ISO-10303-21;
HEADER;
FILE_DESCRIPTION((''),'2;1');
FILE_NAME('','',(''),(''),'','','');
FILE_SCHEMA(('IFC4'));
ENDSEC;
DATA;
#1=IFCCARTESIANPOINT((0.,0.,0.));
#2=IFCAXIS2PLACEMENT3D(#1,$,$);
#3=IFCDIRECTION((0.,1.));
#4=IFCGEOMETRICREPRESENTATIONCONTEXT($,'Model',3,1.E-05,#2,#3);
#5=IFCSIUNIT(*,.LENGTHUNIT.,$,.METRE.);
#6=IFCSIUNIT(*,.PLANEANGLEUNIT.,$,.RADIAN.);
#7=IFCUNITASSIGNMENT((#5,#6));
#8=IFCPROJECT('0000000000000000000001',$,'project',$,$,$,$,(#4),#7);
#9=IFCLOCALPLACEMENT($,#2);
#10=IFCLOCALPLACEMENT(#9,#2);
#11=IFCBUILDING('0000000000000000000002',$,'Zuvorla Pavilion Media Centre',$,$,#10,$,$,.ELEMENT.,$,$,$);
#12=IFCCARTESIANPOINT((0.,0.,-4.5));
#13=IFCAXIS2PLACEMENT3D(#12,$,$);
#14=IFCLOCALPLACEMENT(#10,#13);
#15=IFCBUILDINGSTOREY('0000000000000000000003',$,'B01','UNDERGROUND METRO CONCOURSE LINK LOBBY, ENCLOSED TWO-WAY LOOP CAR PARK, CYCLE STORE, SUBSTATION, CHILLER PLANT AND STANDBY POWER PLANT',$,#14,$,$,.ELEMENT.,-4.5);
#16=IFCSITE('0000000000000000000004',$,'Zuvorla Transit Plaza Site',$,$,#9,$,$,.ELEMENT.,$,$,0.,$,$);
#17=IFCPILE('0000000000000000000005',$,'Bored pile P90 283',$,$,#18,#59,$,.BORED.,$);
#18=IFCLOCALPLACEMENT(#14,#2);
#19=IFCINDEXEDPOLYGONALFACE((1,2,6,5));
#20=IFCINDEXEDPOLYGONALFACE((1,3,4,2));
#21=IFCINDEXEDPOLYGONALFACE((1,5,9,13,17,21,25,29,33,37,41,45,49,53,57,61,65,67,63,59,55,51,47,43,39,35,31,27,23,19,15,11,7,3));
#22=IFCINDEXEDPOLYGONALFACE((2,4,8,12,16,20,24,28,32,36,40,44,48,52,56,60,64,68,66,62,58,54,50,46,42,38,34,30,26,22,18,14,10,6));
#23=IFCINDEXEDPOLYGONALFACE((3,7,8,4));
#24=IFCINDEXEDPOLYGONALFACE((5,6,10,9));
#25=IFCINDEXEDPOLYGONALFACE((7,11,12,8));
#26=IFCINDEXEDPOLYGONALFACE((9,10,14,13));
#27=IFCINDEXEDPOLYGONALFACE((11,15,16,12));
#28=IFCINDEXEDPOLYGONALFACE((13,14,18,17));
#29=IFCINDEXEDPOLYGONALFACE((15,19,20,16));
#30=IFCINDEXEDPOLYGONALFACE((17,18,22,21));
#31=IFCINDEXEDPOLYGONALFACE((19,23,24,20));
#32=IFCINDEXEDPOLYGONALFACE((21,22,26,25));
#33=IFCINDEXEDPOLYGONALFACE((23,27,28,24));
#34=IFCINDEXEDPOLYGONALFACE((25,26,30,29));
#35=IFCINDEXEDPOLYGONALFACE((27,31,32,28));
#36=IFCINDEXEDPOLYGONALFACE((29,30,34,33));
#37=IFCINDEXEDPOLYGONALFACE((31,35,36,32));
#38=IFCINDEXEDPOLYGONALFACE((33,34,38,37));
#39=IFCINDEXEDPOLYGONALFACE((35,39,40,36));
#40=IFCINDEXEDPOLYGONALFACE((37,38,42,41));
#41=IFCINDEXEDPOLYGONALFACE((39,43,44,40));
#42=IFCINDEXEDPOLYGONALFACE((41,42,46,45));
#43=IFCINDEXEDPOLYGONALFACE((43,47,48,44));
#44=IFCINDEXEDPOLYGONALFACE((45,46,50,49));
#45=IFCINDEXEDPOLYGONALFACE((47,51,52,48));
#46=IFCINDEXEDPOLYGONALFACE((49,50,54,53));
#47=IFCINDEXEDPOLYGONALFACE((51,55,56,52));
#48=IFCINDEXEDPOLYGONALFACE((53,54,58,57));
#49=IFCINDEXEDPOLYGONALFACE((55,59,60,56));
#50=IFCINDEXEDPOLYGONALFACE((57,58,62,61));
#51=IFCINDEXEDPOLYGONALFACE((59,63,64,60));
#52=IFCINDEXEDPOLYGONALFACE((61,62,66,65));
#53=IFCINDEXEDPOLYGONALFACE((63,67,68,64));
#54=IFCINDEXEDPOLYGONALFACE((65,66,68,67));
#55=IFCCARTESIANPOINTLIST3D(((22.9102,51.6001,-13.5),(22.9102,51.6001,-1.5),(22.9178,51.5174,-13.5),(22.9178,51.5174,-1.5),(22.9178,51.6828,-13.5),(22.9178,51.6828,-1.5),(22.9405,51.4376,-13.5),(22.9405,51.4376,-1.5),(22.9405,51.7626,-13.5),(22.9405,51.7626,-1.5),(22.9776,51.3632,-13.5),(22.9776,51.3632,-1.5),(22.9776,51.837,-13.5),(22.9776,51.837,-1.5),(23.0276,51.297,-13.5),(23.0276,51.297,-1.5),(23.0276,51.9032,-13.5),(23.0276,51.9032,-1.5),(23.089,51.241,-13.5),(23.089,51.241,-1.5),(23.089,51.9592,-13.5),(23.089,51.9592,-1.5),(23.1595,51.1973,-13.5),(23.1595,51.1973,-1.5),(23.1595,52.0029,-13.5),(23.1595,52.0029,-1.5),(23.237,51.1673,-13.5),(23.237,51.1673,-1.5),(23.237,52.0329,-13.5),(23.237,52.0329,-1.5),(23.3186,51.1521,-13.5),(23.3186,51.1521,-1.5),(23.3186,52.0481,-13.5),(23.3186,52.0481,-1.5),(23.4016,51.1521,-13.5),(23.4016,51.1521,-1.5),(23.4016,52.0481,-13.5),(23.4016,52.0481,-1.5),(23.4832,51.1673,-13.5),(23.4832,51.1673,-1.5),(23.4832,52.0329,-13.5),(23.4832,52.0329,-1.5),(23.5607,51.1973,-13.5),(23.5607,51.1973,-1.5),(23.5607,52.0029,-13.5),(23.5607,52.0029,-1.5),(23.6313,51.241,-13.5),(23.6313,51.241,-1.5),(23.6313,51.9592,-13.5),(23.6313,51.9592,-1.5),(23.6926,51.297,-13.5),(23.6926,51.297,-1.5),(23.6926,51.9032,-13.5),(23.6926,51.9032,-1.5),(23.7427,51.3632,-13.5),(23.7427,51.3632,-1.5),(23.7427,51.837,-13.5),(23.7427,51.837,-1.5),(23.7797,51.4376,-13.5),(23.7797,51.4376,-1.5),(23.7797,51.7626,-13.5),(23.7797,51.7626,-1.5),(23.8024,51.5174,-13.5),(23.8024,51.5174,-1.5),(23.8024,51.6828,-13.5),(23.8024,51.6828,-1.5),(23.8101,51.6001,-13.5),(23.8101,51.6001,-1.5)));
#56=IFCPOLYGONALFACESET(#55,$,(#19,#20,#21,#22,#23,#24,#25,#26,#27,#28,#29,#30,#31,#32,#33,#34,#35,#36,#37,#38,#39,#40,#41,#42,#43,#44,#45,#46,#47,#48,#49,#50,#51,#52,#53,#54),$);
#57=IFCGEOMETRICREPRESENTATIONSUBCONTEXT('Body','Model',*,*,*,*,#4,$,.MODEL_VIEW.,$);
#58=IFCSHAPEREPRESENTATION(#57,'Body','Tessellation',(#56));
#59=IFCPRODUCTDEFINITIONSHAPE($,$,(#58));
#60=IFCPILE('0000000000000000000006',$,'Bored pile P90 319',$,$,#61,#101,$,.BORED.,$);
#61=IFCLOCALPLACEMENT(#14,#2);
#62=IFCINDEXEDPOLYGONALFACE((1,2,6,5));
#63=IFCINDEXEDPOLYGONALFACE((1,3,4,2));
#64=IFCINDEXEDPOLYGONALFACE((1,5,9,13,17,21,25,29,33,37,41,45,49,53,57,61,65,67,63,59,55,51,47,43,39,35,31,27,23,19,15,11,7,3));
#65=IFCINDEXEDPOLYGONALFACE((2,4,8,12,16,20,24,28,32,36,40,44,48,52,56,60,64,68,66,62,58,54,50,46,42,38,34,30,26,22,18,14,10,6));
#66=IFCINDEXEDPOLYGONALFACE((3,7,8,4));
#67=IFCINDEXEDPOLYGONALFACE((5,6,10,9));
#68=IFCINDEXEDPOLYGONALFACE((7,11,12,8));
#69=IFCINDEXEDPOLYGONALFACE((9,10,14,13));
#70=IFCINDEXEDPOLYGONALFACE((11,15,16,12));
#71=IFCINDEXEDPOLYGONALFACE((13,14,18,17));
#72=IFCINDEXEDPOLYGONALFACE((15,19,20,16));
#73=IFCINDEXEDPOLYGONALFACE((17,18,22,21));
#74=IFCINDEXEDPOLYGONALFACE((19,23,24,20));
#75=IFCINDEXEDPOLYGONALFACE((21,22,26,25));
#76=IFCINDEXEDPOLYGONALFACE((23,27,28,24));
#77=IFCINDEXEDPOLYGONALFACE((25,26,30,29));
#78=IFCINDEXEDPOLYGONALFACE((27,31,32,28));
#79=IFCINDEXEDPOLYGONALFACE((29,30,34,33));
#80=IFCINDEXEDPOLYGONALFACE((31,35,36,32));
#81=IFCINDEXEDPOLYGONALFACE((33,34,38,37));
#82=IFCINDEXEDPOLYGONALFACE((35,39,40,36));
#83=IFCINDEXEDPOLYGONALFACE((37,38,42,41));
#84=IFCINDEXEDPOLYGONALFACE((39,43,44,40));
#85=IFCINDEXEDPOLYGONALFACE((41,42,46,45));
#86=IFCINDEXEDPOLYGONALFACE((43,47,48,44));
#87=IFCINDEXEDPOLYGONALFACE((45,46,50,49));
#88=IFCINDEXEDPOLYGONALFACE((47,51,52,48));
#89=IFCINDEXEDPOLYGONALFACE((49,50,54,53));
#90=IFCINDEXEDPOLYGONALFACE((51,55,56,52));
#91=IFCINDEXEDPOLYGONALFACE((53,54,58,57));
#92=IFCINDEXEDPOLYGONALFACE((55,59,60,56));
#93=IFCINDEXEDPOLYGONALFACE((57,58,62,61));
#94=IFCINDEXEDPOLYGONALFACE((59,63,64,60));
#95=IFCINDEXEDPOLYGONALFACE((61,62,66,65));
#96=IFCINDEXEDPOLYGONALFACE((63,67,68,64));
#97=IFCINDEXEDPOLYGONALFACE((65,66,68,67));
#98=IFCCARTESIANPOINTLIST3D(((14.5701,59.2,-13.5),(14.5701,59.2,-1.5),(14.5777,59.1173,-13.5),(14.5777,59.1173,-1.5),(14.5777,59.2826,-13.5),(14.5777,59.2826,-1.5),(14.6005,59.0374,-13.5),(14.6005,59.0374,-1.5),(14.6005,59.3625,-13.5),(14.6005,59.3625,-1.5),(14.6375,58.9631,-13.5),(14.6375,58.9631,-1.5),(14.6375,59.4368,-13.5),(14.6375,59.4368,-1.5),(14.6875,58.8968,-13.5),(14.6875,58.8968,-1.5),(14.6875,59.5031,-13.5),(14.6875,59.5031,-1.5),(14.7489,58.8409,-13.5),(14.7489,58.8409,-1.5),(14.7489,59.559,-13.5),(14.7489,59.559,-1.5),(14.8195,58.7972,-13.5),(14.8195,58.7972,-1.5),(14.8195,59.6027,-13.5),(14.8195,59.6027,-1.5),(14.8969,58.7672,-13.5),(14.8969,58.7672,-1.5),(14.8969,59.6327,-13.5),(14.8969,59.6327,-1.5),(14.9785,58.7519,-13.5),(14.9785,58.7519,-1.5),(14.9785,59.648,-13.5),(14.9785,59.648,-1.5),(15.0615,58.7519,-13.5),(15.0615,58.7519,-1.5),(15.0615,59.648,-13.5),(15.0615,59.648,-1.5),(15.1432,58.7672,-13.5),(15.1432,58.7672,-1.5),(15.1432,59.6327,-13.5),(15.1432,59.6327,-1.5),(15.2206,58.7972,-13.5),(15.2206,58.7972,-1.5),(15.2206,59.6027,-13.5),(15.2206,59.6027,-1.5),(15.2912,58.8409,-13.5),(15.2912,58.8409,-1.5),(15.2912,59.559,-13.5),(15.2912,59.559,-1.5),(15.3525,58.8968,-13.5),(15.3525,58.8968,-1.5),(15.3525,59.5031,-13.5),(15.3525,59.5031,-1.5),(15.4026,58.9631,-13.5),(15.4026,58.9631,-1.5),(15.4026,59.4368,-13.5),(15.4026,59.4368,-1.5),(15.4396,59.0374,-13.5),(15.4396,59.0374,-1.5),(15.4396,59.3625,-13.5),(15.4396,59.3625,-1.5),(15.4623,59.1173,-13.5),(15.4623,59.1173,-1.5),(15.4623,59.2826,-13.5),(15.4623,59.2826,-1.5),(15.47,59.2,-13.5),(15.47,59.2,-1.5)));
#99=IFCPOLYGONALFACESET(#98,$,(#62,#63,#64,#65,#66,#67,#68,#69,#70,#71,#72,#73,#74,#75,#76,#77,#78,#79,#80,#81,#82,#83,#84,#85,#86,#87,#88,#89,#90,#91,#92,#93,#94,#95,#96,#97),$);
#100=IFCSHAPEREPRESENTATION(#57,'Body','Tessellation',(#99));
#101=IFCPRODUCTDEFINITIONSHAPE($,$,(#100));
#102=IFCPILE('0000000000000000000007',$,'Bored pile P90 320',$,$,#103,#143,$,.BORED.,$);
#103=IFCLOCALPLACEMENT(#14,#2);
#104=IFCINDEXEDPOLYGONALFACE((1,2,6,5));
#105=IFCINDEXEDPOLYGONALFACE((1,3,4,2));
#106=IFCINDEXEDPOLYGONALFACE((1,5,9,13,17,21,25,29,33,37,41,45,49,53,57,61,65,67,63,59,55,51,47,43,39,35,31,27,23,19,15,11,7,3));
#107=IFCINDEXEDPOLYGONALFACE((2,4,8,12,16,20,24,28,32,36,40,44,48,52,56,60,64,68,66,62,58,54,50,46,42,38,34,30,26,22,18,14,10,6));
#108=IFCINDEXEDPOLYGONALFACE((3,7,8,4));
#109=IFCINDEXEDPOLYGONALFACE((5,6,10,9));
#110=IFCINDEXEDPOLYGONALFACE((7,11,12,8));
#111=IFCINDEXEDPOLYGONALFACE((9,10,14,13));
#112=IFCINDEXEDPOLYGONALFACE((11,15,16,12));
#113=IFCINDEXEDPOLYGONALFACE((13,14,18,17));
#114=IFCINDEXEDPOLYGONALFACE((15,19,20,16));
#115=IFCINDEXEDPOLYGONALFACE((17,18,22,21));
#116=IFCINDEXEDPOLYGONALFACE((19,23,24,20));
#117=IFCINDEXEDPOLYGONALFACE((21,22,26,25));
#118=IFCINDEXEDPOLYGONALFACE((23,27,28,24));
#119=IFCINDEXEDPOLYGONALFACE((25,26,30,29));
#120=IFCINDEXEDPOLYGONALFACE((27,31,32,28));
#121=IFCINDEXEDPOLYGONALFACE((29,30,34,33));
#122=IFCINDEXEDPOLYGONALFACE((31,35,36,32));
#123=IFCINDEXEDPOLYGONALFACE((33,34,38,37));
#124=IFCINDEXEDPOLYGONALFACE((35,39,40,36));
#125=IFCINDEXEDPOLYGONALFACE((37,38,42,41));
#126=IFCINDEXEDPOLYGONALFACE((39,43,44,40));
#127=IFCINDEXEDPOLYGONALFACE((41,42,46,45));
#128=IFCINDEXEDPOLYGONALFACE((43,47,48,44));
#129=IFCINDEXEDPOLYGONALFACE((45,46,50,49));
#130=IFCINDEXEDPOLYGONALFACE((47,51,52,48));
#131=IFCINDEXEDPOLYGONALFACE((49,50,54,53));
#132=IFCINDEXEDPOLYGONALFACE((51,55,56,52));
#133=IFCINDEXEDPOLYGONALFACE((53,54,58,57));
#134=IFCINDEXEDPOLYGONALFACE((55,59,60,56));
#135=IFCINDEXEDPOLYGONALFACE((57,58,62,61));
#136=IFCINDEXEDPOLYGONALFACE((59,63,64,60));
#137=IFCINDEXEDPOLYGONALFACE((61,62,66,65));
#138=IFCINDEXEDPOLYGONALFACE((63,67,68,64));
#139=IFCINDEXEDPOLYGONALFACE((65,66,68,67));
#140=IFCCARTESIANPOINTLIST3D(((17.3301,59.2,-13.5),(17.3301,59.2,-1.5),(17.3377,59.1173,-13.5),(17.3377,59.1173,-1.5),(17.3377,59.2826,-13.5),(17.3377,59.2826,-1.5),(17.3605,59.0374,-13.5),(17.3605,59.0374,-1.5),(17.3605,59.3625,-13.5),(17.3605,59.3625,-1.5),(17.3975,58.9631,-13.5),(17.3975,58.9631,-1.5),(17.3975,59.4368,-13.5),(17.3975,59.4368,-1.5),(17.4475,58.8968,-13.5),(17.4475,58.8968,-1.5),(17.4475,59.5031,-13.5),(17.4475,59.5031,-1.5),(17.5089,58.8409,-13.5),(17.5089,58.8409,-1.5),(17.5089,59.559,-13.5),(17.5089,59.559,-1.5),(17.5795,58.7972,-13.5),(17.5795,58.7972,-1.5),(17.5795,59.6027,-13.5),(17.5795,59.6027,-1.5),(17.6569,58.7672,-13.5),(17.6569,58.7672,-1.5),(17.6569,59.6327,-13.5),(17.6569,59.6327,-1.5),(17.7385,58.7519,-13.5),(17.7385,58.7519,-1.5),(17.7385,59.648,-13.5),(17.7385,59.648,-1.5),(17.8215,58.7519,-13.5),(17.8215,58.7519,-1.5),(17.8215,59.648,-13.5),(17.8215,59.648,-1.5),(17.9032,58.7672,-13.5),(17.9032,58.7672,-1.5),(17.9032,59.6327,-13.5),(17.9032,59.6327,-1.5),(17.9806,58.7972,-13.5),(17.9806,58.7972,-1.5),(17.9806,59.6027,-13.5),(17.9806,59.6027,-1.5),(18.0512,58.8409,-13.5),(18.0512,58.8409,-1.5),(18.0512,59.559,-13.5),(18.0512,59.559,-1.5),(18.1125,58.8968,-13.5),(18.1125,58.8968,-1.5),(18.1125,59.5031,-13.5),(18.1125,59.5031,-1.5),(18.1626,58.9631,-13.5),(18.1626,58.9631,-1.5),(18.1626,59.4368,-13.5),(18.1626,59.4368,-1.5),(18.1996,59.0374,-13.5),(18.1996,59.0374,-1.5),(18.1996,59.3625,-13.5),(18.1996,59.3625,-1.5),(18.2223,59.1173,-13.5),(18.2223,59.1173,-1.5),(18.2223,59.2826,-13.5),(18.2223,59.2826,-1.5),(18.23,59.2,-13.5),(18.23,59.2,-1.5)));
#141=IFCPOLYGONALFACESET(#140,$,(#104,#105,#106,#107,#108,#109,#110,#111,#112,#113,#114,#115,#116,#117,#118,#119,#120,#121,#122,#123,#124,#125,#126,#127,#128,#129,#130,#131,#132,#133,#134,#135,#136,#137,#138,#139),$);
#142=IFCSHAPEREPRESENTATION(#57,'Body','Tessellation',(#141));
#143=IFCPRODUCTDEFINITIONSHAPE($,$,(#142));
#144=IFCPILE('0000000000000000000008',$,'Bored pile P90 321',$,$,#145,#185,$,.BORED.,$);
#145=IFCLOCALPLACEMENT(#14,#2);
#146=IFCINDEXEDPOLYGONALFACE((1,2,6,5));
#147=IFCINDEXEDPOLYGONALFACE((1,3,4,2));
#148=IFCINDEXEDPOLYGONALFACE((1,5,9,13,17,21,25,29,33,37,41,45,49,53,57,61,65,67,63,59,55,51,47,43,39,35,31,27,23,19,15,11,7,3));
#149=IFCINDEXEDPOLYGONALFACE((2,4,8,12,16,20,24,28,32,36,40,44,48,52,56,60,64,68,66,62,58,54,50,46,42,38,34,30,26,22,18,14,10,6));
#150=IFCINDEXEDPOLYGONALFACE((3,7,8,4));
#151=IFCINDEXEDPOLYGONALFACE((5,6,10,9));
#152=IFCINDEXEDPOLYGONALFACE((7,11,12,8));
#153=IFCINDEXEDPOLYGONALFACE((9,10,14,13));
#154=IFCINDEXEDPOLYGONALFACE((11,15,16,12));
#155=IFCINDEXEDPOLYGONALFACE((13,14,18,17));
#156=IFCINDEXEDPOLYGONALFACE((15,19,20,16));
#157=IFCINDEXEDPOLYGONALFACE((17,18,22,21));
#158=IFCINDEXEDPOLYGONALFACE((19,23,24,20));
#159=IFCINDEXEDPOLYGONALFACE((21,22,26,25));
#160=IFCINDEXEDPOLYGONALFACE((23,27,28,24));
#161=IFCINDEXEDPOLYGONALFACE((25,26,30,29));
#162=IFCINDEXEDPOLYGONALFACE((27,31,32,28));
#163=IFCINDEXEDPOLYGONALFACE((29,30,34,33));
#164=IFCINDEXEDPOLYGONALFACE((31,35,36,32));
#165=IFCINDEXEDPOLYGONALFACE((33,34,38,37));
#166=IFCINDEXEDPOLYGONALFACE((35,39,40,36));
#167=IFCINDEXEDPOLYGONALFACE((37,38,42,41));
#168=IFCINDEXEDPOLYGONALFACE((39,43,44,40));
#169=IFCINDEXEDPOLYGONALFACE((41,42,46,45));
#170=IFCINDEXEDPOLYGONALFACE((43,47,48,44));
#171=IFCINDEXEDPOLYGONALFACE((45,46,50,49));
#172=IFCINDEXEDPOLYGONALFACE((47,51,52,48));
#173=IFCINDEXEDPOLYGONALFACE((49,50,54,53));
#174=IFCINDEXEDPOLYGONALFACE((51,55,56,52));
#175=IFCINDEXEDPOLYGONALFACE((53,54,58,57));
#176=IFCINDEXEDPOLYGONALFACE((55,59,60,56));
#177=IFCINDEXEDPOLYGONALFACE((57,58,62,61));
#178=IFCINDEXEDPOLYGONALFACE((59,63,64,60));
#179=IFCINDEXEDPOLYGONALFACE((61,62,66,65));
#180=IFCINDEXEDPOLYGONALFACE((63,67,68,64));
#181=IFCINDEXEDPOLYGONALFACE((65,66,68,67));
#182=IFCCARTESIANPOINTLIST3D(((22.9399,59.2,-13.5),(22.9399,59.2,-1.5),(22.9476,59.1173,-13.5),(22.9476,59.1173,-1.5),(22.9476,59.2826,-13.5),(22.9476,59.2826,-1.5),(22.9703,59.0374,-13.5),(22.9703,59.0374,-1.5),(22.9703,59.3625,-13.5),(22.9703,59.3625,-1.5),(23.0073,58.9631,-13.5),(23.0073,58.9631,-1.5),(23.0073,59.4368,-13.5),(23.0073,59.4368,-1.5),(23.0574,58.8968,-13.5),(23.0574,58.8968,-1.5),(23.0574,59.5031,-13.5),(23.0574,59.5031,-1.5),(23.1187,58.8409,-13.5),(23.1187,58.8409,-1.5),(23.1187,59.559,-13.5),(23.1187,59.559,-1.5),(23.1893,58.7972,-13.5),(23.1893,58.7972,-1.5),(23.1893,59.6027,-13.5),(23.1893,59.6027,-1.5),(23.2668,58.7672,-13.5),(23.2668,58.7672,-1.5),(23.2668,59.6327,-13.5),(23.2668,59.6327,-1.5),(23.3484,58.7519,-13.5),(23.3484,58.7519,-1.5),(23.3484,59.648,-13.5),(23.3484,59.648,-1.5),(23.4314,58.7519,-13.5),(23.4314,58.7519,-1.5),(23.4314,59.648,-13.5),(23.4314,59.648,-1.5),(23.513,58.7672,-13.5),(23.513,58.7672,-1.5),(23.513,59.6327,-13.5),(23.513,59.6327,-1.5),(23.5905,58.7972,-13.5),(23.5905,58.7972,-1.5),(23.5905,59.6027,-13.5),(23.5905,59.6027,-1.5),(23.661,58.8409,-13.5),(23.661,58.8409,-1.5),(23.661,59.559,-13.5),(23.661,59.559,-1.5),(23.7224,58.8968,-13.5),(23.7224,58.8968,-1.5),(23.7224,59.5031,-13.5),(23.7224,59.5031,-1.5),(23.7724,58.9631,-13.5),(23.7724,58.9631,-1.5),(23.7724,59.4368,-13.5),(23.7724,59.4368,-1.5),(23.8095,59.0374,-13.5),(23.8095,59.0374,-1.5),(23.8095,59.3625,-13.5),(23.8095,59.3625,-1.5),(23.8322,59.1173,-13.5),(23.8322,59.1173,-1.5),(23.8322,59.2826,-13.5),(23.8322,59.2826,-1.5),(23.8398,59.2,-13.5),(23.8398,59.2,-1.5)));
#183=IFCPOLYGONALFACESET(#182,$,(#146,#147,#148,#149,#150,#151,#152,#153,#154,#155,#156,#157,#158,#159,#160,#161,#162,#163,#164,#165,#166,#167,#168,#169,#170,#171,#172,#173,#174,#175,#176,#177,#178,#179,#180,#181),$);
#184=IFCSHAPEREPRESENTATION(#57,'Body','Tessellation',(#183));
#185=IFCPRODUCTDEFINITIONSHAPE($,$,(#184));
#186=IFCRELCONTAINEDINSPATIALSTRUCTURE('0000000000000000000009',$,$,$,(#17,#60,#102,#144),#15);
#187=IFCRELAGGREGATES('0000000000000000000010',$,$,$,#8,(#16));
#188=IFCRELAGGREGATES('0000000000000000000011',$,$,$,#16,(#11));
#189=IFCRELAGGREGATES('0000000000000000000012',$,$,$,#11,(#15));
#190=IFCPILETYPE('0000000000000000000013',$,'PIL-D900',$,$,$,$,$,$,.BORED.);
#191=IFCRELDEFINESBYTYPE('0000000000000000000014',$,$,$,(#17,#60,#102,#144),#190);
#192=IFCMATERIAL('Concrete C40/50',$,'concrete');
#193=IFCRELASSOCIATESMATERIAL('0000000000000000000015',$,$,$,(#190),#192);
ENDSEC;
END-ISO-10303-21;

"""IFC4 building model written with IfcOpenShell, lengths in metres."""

from ifc_helpers import new_model, si_unit, direction, frame, origin, origin_2d, place, context, subcontext, project, spatial, circle, extrude, material, material_profile, profile_set, type_object, element, save


model = new_model("IFC4")

# Units and contexts
model_context = context("Model", 3, precision=1e-05, world=origin(), true_north=direction((0.0, 1.0)))
body_context = subcontext(model_context, "Body", "Model", "MODEL_VIEW")
ifc_project = project(units=[si_unit("LENGTHUNIT", "METRE"), si_unit("PLANEANGLEUNIT", "RADIAN")], contexts=[model_context])

# Site, building, storey
site_placement = place(None, origin())
site = spatial("IfcSite", under=ifc_project, at=site_placement, Name="Zuvorla Transit Plaza Site", CompositionType="ELEMENT", RefElevation=0.0)
building_placement = place(site_placement, origin())
building = spatial("IfcBuilding", under=site, at=building_placement, Name="Zuvorla Pavilion Media Centre", CompositionType="ELEMENT")
storey_placement = place(building_placement, frame((0.0, 0.0, -4.5)))
storey = spatial("IfcBuildingStorey", under=building, at=storey_placement, Name="B01", Description="UNDERGROUND METRO CONCOURSE LINK LOBBY, ENCLOSED TWO-WAY LOOP CAR PARK, CYCLE STORE, SUBSTATION, CHILLER PLANT AND STANDBY POWER PLANT", CompositionType="ELEMENT", Elevation=-4.5)

# Shared definitions
ifc_material_1 = material(Name="Concrete C40/50", Category="concrete")

# Piles
ifc_material_profile_1 = material_profile(ifc_material_1, circle(Radius=0.45, at=origin_2d()), Name="BORED PILE 900")
ifc_profile_set_1 = profile_set([ifc_material_profile_1], Name="Concrete C40/50")
pile_type = type_object("IfcPileType", Name="PIL-D900", PredefinedType="BORED", material=ifc_profile_set_1)
for number, where, z_axis, x_axis, name in (
    (1, (23.3601, 51.6001, -1.5), (0.0, 0.0, -1.0), (1.0, 0.0, 0.0), "Bored pile P90 283"),
    (2, (15.02, 59.2, -1.5), (0.0, 0.0, -1.0), (1.0, 0.0, 0.0), "Bored pile P90 319"),
    (3, (17.78, 59.2, -1.5), (0.0, 0.0, -1.0), (1.0, 0.0, 0.0), "Bored pile P90 320"),
    (4, (23.3899, 59.2, -1.5), (0.0, 0.0, -1.0), (1.0, 0.0, 0.0), "Bored pile P90 321"),
):
    element("IfcPile", number, at=place(storey_placement, frame(where, z_axis=z_axis, x_axis=x_axis)), inside=storey, type_object=pile_type, Name=name, PredefinedType="BORED", context=body_context, shape_type="SweptSolid", body=[
        extrude(circle(Radius=0.45, at=origin_2d()), origin(), (0.0, 0.0, 1.0), 12.0),
    ])

save(model, "model.ifc")
